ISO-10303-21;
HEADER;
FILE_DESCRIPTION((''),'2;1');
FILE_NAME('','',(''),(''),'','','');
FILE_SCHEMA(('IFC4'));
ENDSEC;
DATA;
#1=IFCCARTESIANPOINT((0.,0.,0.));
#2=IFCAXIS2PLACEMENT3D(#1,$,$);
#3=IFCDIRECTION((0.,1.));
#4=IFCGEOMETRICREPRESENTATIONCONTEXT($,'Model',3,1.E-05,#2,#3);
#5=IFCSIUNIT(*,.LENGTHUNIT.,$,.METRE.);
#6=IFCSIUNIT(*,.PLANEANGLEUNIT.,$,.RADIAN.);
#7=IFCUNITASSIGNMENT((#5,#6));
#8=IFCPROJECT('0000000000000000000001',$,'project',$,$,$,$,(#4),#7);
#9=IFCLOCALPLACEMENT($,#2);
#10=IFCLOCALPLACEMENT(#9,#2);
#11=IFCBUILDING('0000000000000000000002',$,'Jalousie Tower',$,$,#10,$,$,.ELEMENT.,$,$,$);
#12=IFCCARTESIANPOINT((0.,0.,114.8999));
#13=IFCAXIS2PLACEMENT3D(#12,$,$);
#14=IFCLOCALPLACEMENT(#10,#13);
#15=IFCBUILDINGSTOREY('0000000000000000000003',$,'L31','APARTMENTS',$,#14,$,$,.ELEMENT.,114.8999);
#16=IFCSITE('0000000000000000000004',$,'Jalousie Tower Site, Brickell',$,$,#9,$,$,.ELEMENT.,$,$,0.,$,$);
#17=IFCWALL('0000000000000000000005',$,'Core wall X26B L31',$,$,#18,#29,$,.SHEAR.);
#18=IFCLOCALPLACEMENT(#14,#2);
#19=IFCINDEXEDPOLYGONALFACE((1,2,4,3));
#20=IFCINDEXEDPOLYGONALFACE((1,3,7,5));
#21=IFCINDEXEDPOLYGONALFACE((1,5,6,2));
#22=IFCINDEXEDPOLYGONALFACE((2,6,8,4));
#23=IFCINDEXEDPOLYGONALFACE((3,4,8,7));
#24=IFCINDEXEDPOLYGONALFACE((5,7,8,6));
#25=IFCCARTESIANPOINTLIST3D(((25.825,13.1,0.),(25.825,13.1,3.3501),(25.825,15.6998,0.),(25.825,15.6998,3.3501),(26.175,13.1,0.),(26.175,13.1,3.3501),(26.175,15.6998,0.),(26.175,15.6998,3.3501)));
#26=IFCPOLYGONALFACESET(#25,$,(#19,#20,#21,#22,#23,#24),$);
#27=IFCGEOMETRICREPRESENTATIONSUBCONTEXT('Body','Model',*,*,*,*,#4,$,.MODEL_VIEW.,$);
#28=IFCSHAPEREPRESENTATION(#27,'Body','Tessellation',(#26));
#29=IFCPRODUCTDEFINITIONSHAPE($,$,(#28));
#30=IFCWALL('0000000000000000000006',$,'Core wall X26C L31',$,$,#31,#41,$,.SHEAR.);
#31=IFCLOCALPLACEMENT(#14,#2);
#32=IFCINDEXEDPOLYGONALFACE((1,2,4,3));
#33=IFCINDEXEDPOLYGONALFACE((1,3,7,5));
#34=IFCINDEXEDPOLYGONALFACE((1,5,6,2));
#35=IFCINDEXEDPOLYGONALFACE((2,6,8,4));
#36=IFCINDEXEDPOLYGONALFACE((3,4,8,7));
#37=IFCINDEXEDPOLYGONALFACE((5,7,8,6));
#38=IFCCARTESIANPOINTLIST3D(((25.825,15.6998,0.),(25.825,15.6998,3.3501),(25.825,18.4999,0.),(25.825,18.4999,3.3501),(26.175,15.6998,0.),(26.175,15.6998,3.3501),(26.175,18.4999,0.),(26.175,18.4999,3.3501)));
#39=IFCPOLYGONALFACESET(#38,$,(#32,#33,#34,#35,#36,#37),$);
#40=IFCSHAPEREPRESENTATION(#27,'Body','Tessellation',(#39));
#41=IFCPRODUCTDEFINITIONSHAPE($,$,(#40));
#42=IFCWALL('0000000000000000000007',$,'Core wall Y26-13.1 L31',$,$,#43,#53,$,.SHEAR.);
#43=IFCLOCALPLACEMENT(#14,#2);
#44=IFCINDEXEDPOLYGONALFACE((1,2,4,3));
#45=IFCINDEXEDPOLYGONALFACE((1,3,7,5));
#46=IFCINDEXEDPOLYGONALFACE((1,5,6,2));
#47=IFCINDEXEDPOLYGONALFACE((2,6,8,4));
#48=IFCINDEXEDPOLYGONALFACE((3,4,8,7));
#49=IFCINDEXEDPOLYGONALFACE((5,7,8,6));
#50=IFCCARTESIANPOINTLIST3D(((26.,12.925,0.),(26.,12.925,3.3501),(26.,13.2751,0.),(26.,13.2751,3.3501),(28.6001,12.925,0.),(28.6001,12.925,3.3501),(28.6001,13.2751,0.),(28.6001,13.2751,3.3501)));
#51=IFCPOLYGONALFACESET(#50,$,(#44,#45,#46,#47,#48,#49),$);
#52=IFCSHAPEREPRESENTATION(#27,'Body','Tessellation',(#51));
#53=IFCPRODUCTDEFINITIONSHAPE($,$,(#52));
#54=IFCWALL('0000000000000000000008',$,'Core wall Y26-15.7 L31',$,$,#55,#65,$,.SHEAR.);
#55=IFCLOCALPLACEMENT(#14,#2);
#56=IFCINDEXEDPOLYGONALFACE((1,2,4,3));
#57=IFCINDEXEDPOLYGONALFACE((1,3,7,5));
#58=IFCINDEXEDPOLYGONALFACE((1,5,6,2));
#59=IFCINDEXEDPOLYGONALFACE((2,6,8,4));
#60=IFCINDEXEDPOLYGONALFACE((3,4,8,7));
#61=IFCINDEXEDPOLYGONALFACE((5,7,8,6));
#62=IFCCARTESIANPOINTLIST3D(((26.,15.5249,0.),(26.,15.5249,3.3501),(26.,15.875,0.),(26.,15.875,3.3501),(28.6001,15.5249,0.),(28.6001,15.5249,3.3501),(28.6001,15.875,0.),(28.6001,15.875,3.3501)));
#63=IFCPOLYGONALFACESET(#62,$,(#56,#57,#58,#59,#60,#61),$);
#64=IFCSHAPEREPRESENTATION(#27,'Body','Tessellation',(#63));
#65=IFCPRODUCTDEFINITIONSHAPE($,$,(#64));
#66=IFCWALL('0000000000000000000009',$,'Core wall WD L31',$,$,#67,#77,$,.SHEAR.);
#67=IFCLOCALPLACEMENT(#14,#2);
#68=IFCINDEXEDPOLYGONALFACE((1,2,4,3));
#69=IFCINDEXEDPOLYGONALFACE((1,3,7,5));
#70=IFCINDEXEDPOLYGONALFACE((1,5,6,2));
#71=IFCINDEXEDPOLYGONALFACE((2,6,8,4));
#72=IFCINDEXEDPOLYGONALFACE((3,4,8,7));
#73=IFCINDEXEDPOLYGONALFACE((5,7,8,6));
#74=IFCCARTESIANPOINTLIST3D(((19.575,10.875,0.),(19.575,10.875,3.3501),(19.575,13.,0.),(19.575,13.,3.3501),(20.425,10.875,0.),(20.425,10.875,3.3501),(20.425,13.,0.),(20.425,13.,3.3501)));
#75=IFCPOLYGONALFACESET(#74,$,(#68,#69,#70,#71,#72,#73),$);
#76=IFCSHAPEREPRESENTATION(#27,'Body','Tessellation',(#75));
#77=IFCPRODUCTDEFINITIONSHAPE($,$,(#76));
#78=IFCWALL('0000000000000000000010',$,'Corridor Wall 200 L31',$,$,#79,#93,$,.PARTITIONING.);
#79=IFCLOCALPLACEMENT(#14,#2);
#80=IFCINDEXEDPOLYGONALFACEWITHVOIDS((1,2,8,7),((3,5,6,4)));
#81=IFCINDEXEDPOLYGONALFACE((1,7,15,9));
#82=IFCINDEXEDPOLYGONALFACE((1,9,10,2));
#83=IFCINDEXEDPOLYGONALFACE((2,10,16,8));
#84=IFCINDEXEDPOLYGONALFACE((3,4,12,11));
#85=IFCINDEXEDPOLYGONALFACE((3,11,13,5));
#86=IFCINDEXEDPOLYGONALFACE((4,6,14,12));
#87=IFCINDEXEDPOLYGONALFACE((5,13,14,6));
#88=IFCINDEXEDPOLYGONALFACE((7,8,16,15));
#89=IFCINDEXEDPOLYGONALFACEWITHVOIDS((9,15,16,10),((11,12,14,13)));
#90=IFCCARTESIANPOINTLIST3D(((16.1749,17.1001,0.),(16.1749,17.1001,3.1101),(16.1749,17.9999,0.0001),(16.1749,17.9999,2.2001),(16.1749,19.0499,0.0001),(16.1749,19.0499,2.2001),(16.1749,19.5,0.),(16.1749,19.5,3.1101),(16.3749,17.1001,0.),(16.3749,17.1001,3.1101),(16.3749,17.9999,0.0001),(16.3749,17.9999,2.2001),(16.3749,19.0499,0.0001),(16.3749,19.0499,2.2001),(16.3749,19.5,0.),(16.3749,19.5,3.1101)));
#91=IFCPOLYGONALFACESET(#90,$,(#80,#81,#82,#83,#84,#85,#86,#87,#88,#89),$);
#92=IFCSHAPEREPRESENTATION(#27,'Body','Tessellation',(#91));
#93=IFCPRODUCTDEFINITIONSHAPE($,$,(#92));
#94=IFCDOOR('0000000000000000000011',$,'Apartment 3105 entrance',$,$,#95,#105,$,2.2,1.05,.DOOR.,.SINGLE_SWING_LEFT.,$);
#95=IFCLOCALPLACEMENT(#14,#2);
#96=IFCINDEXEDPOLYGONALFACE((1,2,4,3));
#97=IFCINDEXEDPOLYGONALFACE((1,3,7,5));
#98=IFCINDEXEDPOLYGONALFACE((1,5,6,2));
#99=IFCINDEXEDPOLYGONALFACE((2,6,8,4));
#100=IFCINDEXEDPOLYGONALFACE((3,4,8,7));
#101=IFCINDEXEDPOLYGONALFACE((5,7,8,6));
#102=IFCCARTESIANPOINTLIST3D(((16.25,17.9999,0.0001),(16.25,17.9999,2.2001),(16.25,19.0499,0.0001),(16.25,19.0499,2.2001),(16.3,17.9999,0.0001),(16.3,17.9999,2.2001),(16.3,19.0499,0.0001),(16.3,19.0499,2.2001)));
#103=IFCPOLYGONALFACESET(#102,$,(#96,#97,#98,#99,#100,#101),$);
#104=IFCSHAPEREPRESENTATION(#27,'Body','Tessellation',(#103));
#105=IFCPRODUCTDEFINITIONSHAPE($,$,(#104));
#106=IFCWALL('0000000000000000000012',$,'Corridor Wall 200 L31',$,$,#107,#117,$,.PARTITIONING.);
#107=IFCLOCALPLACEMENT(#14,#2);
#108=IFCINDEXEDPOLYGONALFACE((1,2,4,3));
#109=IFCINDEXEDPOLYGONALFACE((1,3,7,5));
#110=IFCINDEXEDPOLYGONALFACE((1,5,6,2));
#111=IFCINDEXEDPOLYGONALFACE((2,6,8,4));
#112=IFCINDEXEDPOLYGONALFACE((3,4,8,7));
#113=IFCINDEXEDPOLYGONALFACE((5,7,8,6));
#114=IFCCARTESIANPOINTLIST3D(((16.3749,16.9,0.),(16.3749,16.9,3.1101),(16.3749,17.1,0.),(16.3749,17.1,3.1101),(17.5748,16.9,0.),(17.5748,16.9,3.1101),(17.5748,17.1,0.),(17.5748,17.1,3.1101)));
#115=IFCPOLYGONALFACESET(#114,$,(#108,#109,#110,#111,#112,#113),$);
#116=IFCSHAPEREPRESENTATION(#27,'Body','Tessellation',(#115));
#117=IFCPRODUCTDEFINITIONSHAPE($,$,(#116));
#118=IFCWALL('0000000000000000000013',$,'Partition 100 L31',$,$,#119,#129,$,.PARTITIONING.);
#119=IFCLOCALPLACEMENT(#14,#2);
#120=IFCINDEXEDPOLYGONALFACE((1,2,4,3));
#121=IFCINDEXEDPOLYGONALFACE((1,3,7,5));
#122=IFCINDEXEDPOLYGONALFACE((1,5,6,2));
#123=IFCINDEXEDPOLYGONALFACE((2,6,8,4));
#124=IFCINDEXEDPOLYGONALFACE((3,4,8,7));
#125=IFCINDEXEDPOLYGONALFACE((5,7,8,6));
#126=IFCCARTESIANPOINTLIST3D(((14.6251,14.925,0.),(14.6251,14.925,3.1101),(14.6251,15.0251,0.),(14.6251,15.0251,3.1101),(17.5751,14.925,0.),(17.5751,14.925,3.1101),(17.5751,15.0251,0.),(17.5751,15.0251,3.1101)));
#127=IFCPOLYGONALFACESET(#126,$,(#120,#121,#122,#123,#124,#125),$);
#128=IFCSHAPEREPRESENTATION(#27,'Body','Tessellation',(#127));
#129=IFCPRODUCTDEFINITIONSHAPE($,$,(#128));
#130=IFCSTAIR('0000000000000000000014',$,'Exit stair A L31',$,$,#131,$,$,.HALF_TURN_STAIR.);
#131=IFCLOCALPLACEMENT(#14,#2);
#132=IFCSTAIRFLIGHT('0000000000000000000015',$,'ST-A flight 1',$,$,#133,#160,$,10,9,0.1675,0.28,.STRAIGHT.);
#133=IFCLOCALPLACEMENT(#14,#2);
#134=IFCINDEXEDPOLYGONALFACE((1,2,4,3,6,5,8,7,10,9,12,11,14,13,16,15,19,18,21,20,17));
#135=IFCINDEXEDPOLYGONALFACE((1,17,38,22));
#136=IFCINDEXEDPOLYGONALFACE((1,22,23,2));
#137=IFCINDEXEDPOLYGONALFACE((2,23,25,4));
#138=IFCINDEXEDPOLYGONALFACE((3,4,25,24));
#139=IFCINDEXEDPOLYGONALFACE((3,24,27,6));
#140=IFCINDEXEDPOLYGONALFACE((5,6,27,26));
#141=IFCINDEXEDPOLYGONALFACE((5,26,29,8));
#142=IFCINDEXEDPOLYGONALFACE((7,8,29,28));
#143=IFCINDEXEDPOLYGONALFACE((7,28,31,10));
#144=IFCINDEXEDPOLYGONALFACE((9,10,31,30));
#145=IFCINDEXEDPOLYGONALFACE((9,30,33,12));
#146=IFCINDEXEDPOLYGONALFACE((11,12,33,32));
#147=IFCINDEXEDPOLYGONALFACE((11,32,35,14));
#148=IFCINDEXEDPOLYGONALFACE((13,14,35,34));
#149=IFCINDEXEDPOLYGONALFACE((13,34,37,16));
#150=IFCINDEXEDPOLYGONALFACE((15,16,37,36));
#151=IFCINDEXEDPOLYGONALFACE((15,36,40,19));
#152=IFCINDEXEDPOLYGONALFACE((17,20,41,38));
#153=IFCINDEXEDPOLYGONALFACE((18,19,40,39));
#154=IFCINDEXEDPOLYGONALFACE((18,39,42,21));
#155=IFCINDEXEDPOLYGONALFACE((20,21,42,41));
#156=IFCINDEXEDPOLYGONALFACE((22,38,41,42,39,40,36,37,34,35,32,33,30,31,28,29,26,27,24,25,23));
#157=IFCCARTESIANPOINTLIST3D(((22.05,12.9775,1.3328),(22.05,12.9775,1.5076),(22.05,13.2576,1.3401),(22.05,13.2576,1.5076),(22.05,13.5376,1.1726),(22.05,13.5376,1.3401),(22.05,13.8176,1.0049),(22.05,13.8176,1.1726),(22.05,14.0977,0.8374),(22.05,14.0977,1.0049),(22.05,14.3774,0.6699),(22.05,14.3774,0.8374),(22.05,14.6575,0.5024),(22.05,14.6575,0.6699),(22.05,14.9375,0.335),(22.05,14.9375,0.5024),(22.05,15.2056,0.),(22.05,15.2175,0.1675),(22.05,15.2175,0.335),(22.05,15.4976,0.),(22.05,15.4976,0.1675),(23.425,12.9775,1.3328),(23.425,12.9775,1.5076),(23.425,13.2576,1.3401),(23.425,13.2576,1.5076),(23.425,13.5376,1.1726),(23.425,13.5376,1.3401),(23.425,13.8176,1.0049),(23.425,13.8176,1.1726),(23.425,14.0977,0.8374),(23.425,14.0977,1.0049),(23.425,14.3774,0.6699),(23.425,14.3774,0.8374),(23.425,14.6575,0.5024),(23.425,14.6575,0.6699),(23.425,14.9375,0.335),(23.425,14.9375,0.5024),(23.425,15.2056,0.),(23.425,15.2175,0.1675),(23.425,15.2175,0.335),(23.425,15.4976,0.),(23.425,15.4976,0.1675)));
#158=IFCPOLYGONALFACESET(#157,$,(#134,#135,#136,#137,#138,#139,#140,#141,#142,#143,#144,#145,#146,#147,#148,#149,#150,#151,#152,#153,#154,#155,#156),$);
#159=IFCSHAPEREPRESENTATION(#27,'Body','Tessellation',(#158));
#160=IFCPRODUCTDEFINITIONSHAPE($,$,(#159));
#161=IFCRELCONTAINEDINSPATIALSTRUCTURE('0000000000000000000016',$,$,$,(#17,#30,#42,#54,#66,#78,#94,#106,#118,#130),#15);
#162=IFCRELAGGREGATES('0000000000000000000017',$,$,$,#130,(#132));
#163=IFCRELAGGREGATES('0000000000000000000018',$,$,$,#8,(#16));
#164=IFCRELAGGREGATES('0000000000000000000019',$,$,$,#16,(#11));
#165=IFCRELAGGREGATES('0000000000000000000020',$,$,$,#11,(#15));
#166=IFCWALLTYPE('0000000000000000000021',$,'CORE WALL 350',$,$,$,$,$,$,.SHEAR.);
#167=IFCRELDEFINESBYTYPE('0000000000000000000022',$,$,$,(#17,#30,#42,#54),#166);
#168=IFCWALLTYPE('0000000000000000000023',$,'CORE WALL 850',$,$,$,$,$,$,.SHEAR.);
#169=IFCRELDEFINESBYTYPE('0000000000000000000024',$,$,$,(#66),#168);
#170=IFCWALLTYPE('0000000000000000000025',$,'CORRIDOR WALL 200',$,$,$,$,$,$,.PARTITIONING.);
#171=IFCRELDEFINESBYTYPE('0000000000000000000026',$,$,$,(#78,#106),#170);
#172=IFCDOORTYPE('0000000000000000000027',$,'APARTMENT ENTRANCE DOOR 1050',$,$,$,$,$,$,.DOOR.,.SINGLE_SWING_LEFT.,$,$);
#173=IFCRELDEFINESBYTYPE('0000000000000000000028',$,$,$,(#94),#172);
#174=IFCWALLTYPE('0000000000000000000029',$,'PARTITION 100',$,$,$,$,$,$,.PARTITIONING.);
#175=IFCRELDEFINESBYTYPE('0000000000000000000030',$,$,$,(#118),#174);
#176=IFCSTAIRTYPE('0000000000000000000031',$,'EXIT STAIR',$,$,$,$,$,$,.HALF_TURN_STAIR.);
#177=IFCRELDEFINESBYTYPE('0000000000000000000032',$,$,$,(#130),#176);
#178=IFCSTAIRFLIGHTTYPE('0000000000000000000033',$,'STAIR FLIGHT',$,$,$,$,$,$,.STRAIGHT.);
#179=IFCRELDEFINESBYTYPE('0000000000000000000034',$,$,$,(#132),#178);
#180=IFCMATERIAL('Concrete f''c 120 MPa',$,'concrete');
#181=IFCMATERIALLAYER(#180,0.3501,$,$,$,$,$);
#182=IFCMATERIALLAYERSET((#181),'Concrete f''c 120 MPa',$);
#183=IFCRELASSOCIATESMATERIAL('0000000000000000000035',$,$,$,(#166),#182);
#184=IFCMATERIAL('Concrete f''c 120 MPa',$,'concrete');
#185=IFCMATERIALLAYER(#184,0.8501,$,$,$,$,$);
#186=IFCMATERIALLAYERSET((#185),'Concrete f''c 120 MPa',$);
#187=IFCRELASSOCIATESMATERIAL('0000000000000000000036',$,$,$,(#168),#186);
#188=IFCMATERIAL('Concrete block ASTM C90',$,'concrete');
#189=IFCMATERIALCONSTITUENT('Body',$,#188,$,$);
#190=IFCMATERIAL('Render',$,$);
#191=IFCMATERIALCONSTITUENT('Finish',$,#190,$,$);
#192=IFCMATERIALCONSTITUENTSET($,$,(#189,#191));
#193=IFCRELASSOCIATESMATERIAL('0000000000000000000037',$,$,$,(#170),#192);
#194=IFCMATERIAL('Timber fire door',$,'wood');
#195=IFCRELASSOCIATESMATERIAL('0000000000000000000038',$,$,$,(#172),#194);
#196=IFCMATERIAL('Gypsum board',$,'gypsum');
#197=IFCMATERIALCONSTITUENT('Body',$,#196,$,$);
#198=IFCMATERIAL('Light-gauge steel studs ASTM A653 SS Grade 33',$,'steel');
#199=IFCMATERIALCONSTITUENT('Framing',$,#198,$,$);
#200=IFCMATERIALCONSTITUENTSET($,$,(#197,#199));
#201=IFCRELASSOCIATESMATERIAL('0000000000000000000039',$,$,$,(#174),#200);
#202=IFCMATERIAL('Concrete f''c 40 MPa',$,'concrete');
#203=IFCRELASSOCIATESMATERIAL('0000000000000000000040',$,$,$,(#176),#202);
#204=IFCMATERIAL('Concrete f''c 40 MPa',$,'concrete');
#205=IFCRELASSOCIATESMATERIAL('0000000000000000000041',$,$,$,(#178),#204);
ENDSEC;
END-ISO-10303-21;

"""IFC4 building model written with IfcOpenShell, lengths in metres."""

from ifc_helpers import new_model, si_unit, direction, frame, frame_2d, origin, place, context, subcontext, project, spatial, polyline, rectangle, outline, extrude, material, layer, layer_set, constituent, constituent_set, type_object, element, fill, aggregate, save


model = new_model("IFC4")

# Units and contexts
model_context = context("Model", 3, precision=1e-05, world=origin(), true_north=direction((0.0, 1.0)))
body_context = subcontext(model_context, "Body", "Model", "MODEL_VIEW")
ifc_project = project(units=[si_unit("LENGTHUNIT", "METRE"), si_unit("PLANEANGLEUNIT", "RADIAN")], contexts=[model_context])

# Site, building, storey
site_placement = place(None, origin())
site = spatial("IfcSite", under=ifc_project, at=site_placement, Name="Jalousie Tower Site, Brickell", CompositionType="ELEMENT", RefElevation=0.0)
building_placement = place(site_placement, origin())
building = spatial("IfcBuilding", under=site, at=building_placement, Name="Jalousie Tower", CompositionType="ELEMENT")
storey_placement = place(building_placement, frame((0.0, 0.0, 114.8999)))
storey = spatial("IfcBuildingStorey", under=building, at=storey_placement, Name="L31", Description="APARTMENTS", CompositionType="ELEMENT", Elevation=114.8999)

# Walls
ifc_material_1 = material(Name="Concrete f'c 120 MPa", Category="concrete")
ifc_layer_1 = layer(ifc_material_1, 0.3501)
ifc_layer_set_1 = layer_set([ifc_layer_1], Name="Concrete f'c 120 MPa")
wall_type_1 = type_object("IfcWallType", Name="CORE WALL 350", PredefinedType="SHEAR", material=ifc_layer_set_1)
wall_1_placement = place(storey_placement, frame((26.0, 13.1001, 0.0), z_axis=(0.0, 0.0, 1.0), x_axis=(0.0, 1.0, 0.0)))
element("IfcWall", 1, at=wall_1_placement, inside=storey, type_object=wall_type_1, Name="Core wall X26B L31", PredefinedType="SHEAR", context=body_context, shape_type="SweptSolid", body=[
    extrude(rectangle(XDim=2.5999, YDim=0.3501, at=frame_2d((1.2998, 0.0))), origin(), (0.0, 0.0, 1.0), 3.3501),
])
wall_2_placement = place(storey_placement, frame((26.0, 15.7, 0.0), z_axis=(0.0, 0.0, 1.0), x_axis=(0.0, 1.0, 0.0)))
element("IfcWall", 2, at=wall_2_placement, inside=storey, type_object=wall_type_1, Name="Core wall X26C L31", PredefinedType="SHEAR", context=body_context, shape_type="SweptSolid", body=[
    extrude(rectangle(XDim=2.8, YDim=0.3501, at=frame_2d((1.3999, 0.0))), origin(), (0.0, 0.0, 1.0), 3.3501),
])
for number, where, z_axis, x_axis, name in (
    (3, (26.0, 13.1001, 0.0), (0.0, 0.0, 1.0), (1.0, 0.0, 0.0), "Core wall Y26-13.1 L31"),
    (4, (26.0, 15.7, 0.0), (0.0, 0.0, 1.0), (1.0, 0.0, 0.0), "Core wall Y26-15.7 L31"),
):
    element("IfcWall", number, at=place(storey_placement, frame(where, z_axis=z_axis, x_axis=x_axis)), inside=storey, type_object=wall_type_1, Name=name, PredefinedType="SHEAR", context=body_context, shape_type="SweptSolid", body=[
        extrude(rectangle(XDim=2.6001, YDim=0.3501, at=frame_2d((1.3, 0.0))), origin(), (0.0, 0.0, 1.0), 3.3501),
    ])
ifc_material_2 = material(Name="Concrete f'c 120 MPa", Category="concrete")
ifc_layer_2 = layer(ifc_material_2, 0.8501)
ifc_layer_set_2 = layer_set([ifc_layer_2], Name="Concrete f'c 120 MPa")
wall_type_2 = type_object("IfcWallType", Name="CORE WALL 850", PredefinedType="SHEAR", material=ifc_layer_set_2)
wall_3_placement = place(storey_placement, frame((20.0, 13.0, 0.0), z_axis=(0.0, 0.0, 1.0), x_axis=(0.0, -1.0, 0.0)))
element("IfcWall", 5, at=wall_3_placement, inside=storey, type_object=wall_type_2, Name="Core wall WD L31", PredefinedType="SHEAR", context=body_context, shape_type="SweptSolid", body=[
    extrude(rectangle(XDim=2.125, YDim=0.8501, at=frame_2d((1.0625, 0.0))), origin(), (0.0, 0.0, 1.0), 3.3501),
])

# Wall, opening, door
ifc_material_3 = material(Name="Concrete block ASTM C90", Category="concrete")
ifc_constituent_1 = constituent(ifc_material_3, Name="Body")
ifc_material_4 = material(Name="Render")
ifc_constituent_2 = constituent(ifc_material_4, Name="Finish")
ifc_constituent_set_1 = constituent_set(constituents=[ifc_constituent_1, ifc_constituent_2])
wall_type_3 = type_object("IfcWallType", Name="CORRIDOR WALL 200", PredefinedType="PARTITIONING", material=ifc_constituent_set_1)
wall_4_placement = place(storey_placement, frame((16.2749, 17.1001, 0.0), z_axis=(0.0, 0.0, 1.0), x_axis=(0.0, 1.0, 0.0)))
wall_4 = element("IfcWall", 6, at=wall_4_placement, inside=storey, type_object=wall_type_3, Name="Corridor Wall 200 L31", PredefinedType="PARTITIONING", context=body_context, shape_type="SweptSolid", body=[
    extrude(rectangle(XDim=2.3999, YDim=0.2, at=frame_2d((1.2, 0.0))), origin(), (0.0, 0.0, 1.0), 3.1101),
])
opening_placement = place(wall_4_placement, frame((0.8999, 0.0, 0.0)))
opening = element("IfcOpeningElement", 7, at=opening_placement, cuts=wall_4, PredefinedType="OPENING", context=body_context, shape_type="SweptSolid", body=[
    extrude(rectangle(XDim=1.05, YDim=2.2, at=frame_2d((0.5249, 1.1001))), frame((0.0, 0.1099, 0.0), z_axis=(0.0, -1.0, 0.0), x_axis=(1.0, 0.0, 0.0)), (0.0, 0.0, 1.0), 0.22),
])
ifc_material_5 = material(Name="Timber fire door", Category="wood")
door_type = type_object("IfcDoorType", Name="APARTMENT ENTRANCE DOOR 1050", OperationType="SINGLE_SWING_LEFT", PredefinedType="DOOR", material=ifc_material_5)
door_placement = place(opening_placement, origin())
door = element("IfcDoor", 8, at=door_placement, inside=storey, type_object=door_type, Name="Apartment 3105 entrance", OperationType="SINGLE_SWING_LEFT", OverallHeight=2.2, OverallWidth=1.05, PredefinedType="DOOR", context=body_context, shape_type="SweptSolid", body=[
    extrude(rectangle(XDim=1.05, YDim=2.2, at=frame_2d((0.5249, 1.1001))), frame((0.0, 0.0249, 0.0), z_axis=(0.0, -1.0, 0.0), x_axis=(1.0, 0.0, 0.0)), (0.0, 0.0, 1.0), 0.05),
])
fill(opening, door)

# Walls
wall_5_placement = place(storey_placement, frame((17.575, 17.0, 0.0), z_axis=(0.0, 0.0, 1.0), x_axis=(-1.0, 0.0, 0.0)))
element("IfcWall", 9, at=wall_5_placement, inside=storey, type_object=wall_type_3, Name="Corridor Wall 200 L31", PredefinedType="PARTITIONING", context=body_context, shape_type="SweptSolid", body=[
    extrude(rectangle(XDim=1.2, YDim=0.2, at=frame_2d((0.6001, 0.0))), origin(), (0.0, 0.0, 1.0), 3.1101),
])
ifc_material_6 = material(Name="Gypsum board", Category="gypsum")
ifc_constituent_3 = constituent(ifc_material_6, Name="Body")
ifc_material_7 = material(Name="Light-gauge steel studs ASTM A653 SS Grade 33", Category="steel")
ifc_constituent_4 = constituent(ifc_material_7, Name="Framing")
ifc_constituent_set_2 = constituent_set(constituents=[ifc_constituent_3, ifc_constituent_4])
wall_type_4 = type_object("IfcWallType", Name="PARTITION 100", PredefinedType="PARTITIONING", material=ifc_constituent_set_2)
wall_6_placement = place(storey_placement, frame((14.625, 14.9751, 0.0), z_axis=(0.0, 0.0, 1.0), x_axis=(1.0, 0.0, 0.0)))
element("IfcWall", 10, at=wall_6_placement, inside=storey, type_object=wall_type_4, Name="Partition 100 L31", PredefinedType="PARTITIONING", context=body_context, shape_type="SweptSolid", body=[
    extrude(rectangle(XDim=2.95, YDim=0.1001, at=frame_2d((1.4751, 0.0))), origin(), (0.0, 0.0, 1.0), 3.1101),
])

# Stair, stair flight
ifc_material_8 = material(Name="Concrete f'c 40 MPa", Category="concrete")
stair_type = type_object("IfcStairType", Name="EXIT STAIR", PredefinedType="HALF_TURN_STAIR", material=ifc_material_8)
stair_placement = place(storey_placement, origin())
stair = element("IfcStair", 11, at=stair_placement, inside=storey, type_object=stair_type, Name="Exit stair A L31", PredefinedType="HALF_TURN_STAIR")
ifc_material_9 = material(Name="Concrete f'c 40 MPa", Category="concrete")
stair_flight_type = type_object("IfcStairFlightType", Name="STAIR FLIGHT", PredefinedType="STRAIGHT", material=ifc_material_9)
stair_flight_1_placement = place(storey_placement, frame((22.7375, 15.4976, 0.0), z_axis=(0.0, 0.0, 1.0), x_axis=(0.0, -1.0, 0.0)))
stair_flight_1 = element("IfcStairFlight", 12, at=stair_flight_1_placement, type_object=stair_flight_type, Name="ST-A flight 1", NumberOfRisers=10, NumberOfTreads=9, PredefinedType="STRAIGHT", RiserHeight=0.1675, TreadLength=0.28, context=body_context, shape_type="SweptSolid", body=[
    extrude(outline(polyline([(0.0, 0.0), (0.0, 0.1675), (0.28, 0.1675), (0.28, 0.335), (0.5601, 0.335), (0.5601, 0.5024), (0.8401, 0.5024), (0.8401, 0.6699), (1.1201, 0.6699), (1.1201, 0.8374), (1.3999, 0.8374), (1.3999, 1.0049), (1.6799, 1.0049), (1.6799, 1.1726), (1.96, 1.1726), (1.96, 1.3401), (2.24, 1.3401), (2.24, 1.5076), (2.52, 1.5076), (2.52, 1.675), (2.52, 1.3328), (0.292, 0.0), (0.0, 0.0)])), frame((0.0, 0.6875, 0.0), z_axis=(0.0, -1.0, 0.0), x_axis=(1.0, 0.0, 0.0)), (0.0, 0.0, 1.0), 1.375),
])
aggregate(stair, [stair_flight_1])

save(model, "model.ifc")
